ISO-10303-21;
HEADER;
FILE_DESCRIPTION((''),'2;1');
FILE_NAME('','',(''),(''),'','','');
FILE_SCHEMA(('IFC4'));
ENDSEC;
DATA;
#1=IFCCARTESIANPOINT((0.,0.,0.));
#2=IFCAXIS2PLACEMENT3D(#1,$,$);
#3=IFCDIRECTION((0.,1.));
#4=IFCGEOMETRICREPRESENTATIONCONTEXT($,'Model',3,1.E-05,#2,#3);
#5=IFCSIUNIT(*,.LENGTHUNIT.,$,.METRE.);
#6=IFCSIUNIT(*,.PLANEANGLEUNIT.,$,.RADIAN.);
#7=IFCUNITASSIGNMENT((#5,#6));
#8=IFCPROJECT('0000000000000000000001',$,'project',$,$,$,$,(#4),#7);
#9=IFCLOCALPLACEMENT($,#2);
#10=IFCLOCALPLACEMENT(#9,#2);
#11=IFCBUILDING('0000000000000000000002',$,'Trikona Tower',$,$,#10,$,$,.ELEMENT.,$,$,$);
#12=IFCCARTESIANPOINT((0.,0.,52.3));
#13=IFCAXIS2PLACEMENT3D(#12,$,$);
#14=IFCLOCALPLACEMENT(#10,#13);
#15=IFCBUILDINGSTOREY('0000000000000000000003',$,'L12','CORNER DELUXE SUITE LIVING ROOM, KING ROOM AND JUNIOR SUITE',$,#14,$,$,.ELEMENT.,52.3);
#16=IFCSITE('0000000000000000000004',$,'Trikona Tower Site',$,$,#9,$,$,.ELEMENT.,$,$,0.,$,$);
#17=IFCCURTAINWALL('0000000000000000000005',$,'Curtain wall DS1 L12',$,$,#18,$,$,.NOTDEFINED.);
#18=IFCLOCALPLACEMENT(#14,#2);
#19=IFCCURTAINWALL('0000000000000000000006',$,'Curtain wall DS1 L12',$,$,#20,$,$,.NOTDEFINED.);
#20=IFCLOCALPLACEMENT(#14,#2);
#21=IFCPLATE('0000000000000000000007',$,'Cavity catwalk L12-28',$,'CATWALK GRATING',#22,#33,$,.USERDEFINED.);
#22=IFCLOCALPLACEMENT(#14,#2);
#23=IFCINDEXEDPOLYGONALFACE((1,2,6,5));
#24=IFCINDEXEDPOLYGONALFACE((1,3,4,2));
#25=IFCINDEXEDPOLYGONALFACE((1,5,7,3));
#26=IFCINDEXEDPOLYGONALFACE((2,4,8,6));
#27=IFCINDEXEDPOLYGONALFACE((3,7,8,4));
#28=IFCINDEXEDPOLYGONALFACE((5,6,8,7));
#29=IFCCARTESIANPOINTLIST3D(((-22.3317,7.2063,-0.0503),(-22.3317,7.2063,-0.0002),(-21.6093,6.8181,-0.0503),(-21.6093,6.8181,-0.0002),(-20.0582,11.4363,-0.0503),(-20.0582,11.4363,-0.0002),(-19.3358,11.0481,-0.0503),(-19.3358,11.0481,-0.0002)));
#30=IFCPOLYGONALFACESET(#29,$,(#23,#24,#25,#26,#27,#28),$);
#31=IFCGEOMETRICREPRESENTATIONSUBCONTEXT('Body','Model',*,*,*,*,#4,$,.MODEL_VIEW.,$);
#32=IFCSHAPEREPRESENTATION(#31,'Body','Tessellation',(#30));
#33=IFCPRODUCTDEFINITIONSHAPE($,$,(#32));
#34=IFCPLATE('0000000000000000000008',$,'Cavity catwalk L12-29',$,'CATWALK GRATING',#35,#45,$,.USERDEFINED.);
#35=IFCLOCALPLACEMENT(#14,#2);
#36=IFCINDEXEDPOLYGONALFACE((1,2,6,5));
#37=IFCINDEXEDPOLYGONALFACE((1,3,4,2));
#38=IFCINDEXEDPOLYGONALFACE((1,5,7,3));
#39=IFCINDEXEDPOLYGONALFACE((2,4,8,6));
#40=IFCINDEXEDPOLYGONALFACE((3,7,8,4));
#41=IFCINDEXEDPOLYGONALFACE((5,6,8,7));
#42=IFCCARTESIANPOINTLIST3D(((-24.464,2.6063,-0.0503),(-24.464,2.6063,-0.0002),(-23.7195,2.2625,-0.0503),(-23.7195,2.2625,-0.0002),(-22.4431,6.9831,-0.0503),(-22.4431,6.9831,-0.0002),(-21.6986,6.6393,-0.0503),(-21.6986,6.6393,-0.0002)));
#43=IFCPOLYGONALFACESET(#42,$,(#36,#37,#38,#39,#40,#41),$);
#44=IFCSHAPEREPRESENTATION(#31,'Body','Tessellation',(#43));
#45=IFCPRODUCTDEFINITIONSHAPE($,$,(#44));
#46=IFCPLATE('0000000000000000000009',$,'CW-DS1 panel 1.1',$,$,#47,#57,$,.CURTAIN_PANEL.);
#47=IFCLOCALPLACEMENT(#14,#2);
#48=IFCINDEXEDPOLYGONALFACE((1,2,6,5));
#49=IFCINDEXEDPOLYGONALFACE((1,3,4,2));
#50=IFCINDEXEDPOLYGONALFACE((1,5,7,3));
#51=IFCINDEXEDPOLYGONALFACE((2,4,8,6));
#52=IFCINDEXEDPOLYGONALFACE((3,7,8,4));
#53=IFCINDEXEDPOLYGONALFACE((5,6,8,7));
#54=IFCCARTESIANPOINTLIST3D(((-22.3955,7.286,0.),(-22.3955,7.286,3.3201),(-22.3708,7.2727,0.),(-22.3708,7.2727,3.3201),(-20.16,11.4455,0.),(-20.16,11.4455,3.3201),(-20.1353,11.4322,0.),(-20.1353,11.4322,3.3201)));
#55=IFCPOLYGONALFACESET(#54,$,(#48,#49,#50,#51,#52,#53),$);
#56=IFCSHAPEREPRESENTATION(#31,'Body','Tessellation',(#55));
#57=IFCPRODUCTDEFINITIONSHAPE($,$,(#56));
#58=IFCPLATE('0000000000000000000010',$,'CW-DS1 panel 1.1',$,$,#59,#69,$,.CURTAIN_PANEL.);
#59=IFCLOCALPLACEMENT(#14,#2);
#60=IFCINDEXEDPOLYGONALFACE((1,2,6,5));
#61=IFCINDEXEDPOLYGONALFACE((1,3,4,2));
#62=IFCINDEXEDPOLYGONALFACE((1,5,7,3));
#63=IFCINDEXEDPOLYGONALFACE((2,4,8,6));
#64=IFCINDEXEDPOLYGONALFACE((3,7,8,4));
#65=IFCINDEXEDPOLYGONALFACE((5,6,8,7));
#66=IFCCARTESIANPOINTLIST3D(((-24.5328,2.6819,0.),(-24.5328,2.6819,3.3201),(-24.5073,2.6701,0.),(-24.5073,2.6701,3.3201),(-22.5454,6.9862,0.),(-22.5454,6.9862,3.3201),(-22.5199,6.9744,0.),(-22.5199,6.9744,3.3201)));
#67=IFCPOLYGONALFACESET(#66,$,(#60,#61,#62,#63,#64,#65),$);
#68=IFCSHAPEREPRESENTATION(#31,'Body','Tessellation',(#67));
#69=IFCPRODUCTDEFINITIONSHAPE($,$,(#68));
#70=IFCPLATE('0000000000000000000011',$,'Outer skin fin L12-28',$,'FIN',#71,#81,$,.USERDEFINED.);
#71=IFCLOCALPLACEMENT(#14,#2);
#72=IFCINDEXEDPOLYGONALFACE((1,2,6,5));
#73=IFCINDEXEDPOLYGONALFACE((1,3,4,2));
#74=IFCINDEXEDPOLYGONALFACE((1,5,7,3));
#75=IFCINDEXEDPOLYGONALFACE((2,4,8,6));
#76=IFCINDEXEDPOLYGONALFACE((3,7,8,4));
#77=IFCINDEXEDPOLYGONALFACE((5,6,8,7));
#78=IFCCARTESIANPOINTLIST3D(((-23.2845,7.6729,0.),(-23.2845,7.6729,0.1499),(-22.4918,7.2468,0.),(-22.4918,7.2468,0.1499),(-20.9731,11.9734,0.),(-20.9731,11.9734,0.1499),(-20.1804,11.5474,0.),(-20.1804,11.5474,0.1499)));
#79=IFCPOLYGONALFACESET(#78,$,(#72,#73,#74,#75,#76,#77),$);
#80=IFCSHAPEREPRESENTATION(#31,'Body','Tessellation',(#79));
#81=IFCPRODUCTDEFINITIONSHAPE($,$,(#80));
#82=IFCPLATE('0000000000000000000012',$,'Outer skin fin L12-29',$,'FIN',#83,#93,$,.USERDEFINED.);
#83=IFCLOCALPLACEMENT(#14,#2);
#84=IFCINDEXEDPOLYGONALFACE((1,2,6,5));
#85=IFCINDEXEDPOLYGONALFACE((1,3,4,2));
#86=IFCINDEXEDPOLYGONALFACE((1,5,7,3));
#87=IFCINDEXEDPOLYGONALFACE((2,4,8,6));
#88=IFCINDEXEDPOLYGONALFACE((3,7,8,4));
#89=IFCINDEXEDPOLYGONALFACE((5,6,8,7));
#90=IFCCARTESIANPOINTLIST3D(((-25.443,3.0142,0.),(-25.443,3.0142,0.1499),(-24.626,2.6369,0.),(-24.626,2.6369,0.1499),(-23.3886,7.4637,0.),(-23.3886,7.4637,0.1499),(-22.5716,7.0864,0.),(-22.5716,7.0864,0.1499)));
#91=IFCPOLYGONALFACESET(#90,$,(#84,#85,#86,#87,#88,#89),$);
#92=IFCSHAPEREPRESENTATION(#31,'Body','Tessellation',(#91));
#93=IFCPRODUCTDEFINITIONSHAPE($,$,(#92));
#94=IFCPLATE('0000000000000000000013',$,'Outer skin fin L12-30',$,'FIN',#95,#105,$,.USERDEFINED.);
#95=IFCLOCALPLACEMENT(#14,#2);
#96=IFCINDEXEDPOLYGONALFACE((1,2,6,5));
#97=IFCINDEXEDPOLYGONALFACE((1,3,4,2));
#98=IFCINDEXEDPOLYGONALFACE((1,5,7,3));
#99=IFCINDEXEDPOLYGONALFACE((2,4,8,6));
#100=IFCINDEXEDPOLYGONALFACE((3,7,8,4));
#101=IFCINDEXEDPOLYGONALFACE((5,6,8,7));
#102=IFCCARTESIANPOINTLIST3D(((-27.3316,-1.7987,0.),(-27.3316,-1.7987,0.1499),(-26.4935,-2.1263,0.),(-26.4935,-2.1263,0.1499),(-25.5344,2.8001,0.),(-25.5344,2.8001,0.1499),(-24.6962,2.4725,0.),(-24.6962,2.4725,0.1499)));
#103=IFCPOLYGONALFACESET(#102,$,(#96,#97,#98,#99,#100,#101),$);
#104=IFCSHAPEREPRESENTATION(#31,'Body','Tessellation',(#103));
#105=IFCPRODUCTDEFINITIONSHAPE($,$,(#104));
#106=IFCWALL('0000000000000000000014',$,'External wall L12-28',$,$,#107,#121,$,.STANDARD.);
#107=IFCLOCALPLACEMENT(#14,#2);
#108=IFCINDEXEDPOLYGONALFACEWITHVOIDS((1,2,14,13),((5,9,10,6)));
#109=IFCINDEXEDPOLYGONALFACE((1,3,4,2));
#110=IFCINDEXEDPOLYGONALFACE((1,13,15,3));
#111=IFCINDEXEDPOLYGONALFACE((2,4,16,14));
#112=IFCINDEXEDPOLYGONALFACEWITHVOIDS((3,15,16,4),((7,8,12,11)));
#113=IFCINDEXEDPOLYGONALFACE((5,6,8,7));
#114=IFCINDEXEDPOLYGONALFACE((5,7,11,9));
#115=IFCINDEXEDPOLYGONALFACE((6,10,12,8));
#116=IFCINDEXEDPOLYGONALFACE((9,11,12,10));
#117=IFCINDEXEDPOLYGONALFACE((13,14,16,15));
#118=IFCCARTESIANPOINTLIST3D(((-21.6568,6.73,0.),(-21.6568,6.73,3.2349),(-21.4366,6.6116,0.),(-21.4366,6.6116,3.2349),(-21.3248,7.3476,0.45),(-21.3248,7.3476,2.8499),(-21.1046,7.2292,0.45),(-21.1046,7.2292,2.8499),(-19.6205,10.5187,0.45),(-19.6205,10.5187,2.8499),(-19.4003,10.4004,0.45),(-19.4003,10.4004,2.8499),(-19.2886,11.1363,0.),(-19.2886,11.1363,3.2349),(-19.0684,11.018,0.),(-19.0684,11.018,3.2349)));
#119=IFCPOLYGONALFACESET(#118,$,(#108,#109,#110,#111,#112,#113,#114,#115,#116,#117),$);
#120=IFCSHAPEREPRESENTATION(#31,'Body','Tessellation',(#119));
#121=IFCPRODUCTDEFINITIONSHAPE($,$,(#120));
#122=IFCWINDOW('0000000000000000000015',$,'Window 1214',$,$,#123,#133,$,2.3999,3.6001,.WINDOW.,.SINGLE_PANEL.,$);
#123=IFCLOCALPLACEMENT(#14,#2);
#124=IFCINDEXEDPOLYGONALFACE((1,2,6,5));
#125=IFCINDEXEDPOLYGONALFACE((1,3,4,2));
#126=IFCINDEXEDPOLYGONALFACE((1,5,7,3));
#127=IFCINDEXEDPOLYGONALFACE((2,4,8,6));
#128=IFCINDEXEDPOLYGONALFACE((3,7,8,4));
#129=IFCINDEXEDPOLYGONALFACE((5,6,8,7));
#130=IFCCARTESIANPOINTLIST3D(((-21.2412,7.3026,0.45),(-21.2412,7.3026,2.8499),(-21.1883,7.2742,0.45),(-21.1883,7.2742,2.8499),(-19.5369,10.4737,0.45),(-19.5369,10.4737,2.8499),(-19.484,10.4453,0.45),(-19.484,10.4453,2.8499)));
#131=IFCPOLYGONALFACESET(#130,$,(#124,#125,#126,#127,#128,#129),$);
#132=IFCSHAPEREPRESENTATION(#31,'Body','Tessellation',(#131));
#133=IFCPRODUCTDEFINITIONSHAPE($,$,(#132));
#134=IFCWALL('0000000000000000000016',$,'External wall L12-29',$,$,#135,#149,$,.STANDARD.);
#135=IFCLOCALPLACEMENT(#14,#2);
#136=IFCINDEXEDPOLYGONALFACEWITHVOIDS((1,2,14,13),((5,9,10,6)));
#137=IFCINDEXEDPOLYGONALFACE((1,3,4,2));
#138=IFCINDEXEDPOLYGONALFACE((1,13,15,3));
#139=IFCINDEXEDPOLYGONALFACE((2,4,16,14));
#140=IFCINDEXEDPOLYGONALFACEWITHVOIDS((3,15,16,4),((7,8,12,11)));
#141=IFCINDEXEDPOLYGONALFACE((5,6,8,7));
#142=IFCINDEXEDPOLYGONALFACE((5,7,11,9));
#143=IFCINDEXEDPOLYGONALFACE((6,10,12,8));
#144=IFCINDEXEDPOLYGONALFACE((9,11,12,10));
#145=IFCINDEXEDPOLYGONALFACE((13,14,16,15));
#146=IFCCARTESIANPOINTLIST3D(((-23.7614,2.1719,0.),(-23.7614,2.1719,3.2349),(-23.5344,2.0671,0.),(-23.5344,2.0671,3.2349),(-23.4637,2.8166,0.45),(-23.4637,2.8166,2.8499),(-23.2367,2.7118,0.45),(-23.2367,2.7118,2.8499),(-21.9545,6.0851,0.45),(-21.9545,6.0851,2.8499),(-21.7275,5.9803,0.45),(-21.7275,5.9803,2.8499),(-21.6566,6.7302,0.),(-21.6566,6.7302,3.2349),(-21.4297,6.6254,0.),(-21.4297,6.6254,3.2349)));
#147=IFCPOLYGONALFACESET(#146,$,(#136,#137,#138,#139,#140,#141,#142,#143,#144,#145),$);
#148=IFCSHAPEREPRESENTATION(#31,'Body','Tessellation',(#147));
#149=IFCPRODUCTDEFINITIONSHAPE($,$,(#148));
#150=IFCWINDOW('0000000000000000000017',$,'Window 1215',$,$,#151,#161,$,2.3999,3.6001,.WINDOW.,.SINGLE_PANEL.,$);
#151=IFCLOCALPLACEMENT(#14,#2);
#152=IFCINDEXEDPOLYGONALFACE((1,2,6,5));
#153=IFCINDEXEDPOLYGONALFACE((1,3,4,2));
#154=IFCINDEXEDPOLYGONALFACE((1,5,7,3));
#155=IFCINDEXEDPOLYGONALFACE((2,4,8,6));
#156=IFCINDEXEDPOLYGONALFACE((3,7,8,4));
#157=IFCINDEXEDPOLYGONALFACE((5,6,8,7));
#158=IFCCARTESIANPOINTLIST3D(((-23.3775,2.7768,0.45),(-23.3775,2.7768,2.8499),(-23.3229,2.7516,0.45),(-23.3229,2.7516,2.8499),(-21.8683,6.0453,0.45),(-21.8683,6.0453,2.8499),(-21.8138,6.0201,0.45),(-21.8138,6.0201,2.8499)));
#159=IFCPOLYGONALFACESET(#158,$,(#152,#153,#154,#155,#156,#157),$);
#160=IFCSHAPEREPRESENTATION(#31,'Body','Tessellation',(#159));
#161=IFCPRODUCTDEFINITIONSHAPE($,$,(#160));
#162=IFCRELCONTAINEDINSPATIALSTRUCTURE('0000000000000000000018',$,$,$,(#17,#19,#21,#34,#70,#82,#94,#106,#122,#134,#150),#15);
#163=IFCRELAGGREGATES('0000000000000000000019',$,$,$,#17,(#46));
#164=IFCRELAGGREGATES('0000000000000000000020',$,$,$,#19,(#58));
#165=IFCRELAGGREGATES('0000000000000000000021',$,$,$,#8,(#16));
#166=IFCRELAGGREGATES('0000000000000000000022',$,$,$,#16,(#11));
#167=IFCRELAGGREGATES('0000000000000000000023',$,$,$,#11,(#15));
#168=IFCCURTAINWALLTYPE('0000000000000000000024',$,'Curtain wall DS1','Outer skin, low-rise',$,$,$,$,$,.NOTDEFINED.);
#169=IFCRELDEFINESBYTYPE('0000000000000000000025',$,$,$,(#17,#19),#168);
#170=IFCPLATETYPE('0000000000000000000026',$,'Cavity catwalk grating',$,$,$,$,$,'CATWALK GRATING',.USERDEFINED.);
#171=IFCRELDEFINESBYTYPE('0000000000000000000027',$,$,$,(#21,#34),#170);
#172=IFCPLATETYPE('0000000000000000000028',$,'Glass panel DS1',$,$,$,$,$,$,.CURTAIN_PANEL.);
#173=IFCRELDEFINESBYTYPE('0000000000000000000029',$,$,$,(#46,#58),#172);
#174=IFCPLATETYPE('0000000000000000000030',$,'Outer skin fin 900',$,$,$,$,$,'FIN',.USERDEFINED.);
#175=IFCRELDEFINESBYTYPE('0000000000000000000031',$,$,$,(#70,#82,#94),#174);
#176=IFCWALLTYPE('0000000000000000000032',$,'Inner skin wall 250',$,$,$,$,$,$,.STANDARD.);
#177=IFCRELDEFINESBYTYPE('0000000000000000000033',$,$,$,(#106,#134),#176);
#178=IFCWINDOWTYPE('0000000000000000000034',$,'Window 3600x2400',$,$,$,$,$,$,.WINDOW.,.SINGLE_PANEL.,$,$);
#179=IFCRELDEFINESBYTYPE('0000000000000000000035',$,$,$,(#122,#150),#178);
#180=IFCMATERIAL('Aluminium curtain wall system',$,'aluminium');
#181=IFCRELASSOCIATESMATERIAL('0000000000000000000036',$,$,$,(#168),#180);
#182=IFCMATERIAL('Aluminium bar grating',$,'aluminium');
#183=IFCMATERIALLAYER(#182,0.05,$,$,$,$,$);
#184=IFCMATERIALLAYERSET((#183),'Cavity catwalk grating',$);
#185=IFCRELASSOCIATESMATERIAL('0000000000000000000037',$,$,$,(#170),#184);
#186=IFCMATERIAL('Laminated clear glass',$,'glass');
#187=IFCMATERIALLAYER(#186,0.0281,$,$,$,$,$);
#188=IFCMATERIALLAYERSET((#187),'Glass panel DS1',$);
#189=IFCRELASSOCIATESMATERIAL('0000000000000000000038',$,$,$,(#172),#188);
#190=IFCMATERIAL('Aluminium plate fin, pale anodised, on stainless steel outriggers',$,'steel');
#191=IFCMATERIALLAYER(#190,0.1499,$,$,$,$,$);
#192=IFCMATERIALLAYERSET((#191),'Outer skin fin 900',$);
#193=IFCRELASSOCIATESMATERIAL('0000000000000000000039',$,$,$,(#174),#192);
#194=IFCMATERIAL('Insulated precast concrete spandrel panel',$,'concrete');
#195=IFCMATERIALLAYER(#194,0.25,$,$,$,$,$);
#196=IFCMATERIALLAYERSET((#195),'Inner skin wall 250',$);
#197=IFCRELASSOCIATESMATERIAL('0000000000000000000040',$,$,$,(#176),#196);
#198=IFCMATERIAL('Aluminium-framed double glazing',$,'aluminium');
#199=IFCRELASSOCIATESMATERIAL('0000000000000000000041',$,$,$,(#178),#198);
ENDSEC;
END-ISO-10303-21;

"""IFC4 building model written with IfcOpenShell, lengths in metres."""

from ifc_helpers import new_model, si_unit, direction, frame, frame_2d, origin, origin_2d, place, context, subcontext, project, spatial, rectangle, extrude, material, layer, layer_set, type_object, element, fill, aggregate, save


model = new_model("IFC4")

# Units and contexts
model_context = context("Model", 3, precision=1e-05, world=origin(), true_north=direction((0.0, 1.0)))
body_context = subcontext(model_context, "Body", "Model", "MODEL_VIEW")
ifc_project = project(units=[si_unit("LENGTHUNIT", "METRE"), si_unit("PLANEANGLEUNIT", "RADIAN")], contexts=[model_context])

# Site, building, storey
site_placement = place(None, origin())
site = spatial("IfcSite", under=ifc_project, at=site_placement, Name="Trikona Tower Site", CompositionType="ELEMENT", RefElevation=0.0)
building_placement = place(site_placement, origin())
building = spatial("IfcBuilding", under=site, at=building_placement, Name="Trikona Tower", CompositionType="ELEMENT")
storey_placement = place(building_placement, frame((0.0, 0.0, 52.3)))
storey = spatial("IfcBuildingStorey", under=building, at=storey_placement, Name="L12", Description="CORNER DELUXE SUITE LIVING ROOM, KING ROOM AND JUNIOR SUITE", CompositionType="ELEMENT", Elevation=52.3)

# Shared definitions
ifc_material_1 = material(Name="Aluminium curtain wall system", Category="aluminium")
curtain_wall_type = type_object("IfcCurtainWallType", Name="Curtain wall DS1", Description="Outer skin, low-rise", PredefinedType="NOTDEFINED", material=ifc_material_1)

# Curtain walls
curtain_wall_1_placement = place(storey_placement, origin())
curtain_wall_1 = element("IfcCurtainWall", 1, at=curtain_wall_1_placement, inside=storey, type_object=curtain_wall_type, Name="Curtain wall DS1 L12", PredefinedType="NOTDEFINED")
curtain_wall_2_placement = place(storey_placement, origin())
curtain_wall_2 = element("IfcCurtainWall", 2, at=curtain_wall_2_placement, inside=storey, type_object=curtain_wall_type, Name="Curtain wall DS1 L12", PredefinedType="NOTDEFINED")

# Plates
ifc_material_2 = material(Name="Aluminium bar grating", Category="aluminium")
ifc_layer_1 = layer(ifc_material_2, 0.05)
ifc_layer_set_1 = layer_set([ifc_layer_1], Name="Cavity catwalk grating")
plate_type_1 = type_object("IfcPlateType", Name="Cavity catwalk grating", ElementType="CATWALK GRATING", PredefinedType="USERDEFINED", material=ifc_layer_set_1)
for number, where, z_axis, x_axis, name in (
    (3, (-20.8337, 9.1272, -0.0503), (0.0, 0.0, 1.0), (-0.473423, -0.880835, 0.0), "Cavity catwalk L12-28"),
):
    element("IfcPlate", number, at=place(storey_placement, frame(where, z_axis=z_axis, x_axis=x_axis)), inside=storey, type_object=plate_type_1, Name=name, ObjectType="CATWALK GRATING", PredefinedType="USERDEFINED", context=body_context, shape_type="SweptSolid", body=[
        extrude(rectangle(XDim=4.8022, YDim=0.8201, at=origin_2d()), origin(), (0.0, 0.0, 1.0), 0.05),
    ])
plate_1_placement = place(storey_placement, frame((-23.0813, 4.6228, -0.0503), z_axis=(0.0, 0.0, 1.0), x_axis=(-0.419194, -0.907897, 0.0)))
element("IfcPlate", 4, at=plate_1_placement, inside=storey, type_object=plate_type_1, Name="Cavity catwalk L12-29", ObjectType="CATWALK GRATING", PredefinedType="USERDEFINED", context=body_context, shape_type="SweptSolid", body=[
    extrude(rectangle(XDim=4.8208, YDim=0.8201, at=origin_2d()), origin(), (0.0, 0.0, 1.0), 0.05),
])

# Plates
ifc_material_3 = material(Name="Laminated clear glass", Category="glass")
ifc_layer_2 = layer(ifc_material_3, 0.0281)
ifc_layer_set_2 = layer_set([ifc_layer_2], Name="Glass panel DS1")
plate_type_2 = type_object("IfcPlateType", Name="Glass panel DS1", PredefinedType="CURTAIN_PANEL", material=ifc_layer_set_2)
plate_2_placement = place(storey_placement, frame((-21.2654, 9.3591, 0.0), z_axis=(0.0, 0.0, 1.0), x_axis=(-0.473408, -0.880843, 0.0)))
plate_2 = element("IfcPlate", 5, at=plate_2_placement, type_object=plate_type_2, Name="CW-DS1 panel 1.1", PredefinedType="CURTAIN_PANEL", context=body_context, shape_type="SweptSolid", body=[
    extrude(rectangle(XDim=4.7222, YDim=0.0281, at=origin_2d()), origin(), (0.0, 0.0, 1.0), 3.3201),
])
aggregate(curtain_wall_1, [plate_2])
plate_3_placement = place(storey_placement, frame((-23.5264, 4.8281, 0.0), z_axis=(0.0, 0.0, 1.0), x_axis=(-0.41919, -0.907898, 0.0)))
plate_3 = element("IfcPlate", 6, at=plate_3_placement, type_object=plate_type_2, Name="CW-DS1 panel 1.1", PredefinedType="CURTAIN_PANEL", context=body_context, shape_type="SweptSolid", body=[
    extrude(rectangle(XDim=4.741, YDim=0.0281, at=origin_2d()), origin(), (0.0, 0.0, 1.0), 3.3201),
])
aggregate(curtain_wall_2, [plate_3])

# Plates
ifc_material_4 = material(Name="Aluminium plate fin, pale anodised, on stainless steel outriggers", Category="steel")
ifc_layer_3 = layer(ifc_material_4, 0.1499)
ifc_layer_set_3 = layer_set([ifc_layer_3], Name="Outer skin fin 900")
plate_type_3 = type_object("IfcPlateType", Name="Outer skin fin 900", ElementType="FIN", PredefinedType="USERDEFINED", material=ifc_layer_set_3)
plate_4_placement = place(storey_placement, frame((-21.7324, 9.6101, 0.0), z_axis=(0.0, 0.0, 1.0), x_axis=(-0.473423, -0.880835, 0.0)))
element("IfcPlate", 7, at=plate_4_placement, inside=storey, type_object=plate_type_3, Name="Outer skin fin L12-28", ObjectType="FIN", PredefinedType="USERDEFINED", context=body_context, shape_type="SweptSolid", body=[
    extrude(rectangle(XDim=4.8823, YDim=0.8999, at=origin_2d()), origin(), (0.0, 0.0, 1.0), 0.1499),
])
plate_5_placement = place(storey_placement, frame((-24.0073, 5.0503, 0.0), z_axis=(0.0, 0.0, 1.0), x_axis=(-0.419194, -0.907897, 0.0)))
element("IfcPlate", 8, at=plate_5_placement, inside=storey, type_object=plate_type_3, Name="Outer skin fin L12-29", ObjectType="FIN", PredefinedType="USERDEFINED", context=body_context, shape_type="SweptSolid", body=[
    extrude(rectangle(XDim=4.9009, YDim=0.8999, at=origin_2d()), origin(), (0.0, 0.0, 1.0), 0.1499),
])
plate_6_placement = place(storey_placement, frame((-26.0139, 0.3369, 0.0), z_axis=(0.0, 0.0, 1.0), x_axis=(-0.364009, -0.931395, 0.0)))
element("IfcPlate", 9, at=plate_6_placement, inside=storey, type_object=plate_type_3, Name="Outer skin fin L12-30", ObjectType="FIN", PredefinedType="USERDEFINED", context=body_context, shape_type="SweptSolid", body=[
    extrude(rectangle(XDim=4.9375, YDim=0.8999, at=origin_2d()), origin(), (0.0, 0.0, 1.0), 0.1499),
])

# Walls, openings, windows
ifc_material_5 = material(Name="Insulated precast concrete spandrel panel", Category="concrete")
ifc_layer_4 = layer(ifc_material_5, 0.25)
ifc_layer_set_4 = layer_set([ifc_layer_4], Name="Inner skin wall 250")
wall_type = type_object("IfcWallType", Name="Inner skin wall 250", PredefinedType="STANDARD", material=ifc_layer_set_4)
wall_1_placement = place(storey_placement, frame((-19.1785, 11.0771, 0.0), z_axis=(0.0, 0.0, 1.0), x_axis=(-0.473413, -0.880841, 0.0)))
wall_1 = element("IfcWall", 10, at=wall_1_placement, inside=storey, type_object=wall_type, Name="External wall L12-28", PredefinedType="STANDARD", context=body_context, shape_type="SweptSolid", body=[
    extrude(rectangle(XDim=5.0024, YDim=0.25, at=frame_2d((2.5012, 0.0))), origin(), (0.0, 0.0, 1.0), 3.2349),
])
opening_1_placement = place(wall_1_placement, frame((0.7012, 0.0, 0.45)))
opening_1 = element("IfcOpeningElement", 11, at=opening_1_placement, cuts=wall_1, PredefinedType="OPENING", context=body_context, shape_type="SweptSolid", body=[
    extrude(rectangle(XDim=3.6001, YDim=2.3999, at=frame_2d((1.8, 1.2))), frame((0.0, 0.135, 0.0), z_axis=(0.0, -1.0, 0.0), x_axis=(1.0, 0.0, 0.0)), (0.0, 0.0, 1.0), 0.27),
])
ifc_material_6 = material(Name="Aluminium-framed double glazing", Category="aluminium")
window_type = type_object("IfcWindowType", Name="Window 3600x2400", PartitioningType="SINGLE_PANEL", PredefinedType="WINDOW", material=ifc_material_6)
window_1_placement = place(opening_1_placement, origin())
window_1 = element("IfcWindow", 12, at=window_1_placement, inside=storey, type_object=window_type, Name="Window 1214", OverallHeight=2.3999, OverallWidth=3.6001, PartitioningType="SINGLE_PANEL", PredefinedType="WINDOW", context=body_context, shape_type="SweptSolid", body=[
    extrude(rectangle(XDim=3.6001, YDim=2.3999, at=frame_2d((1.8, 1.2))), frame((0.0, 0.03, 0.0), z_axis=(0.0, -1.0, 0.0), x_axis=(1.0, 0.0, 0.0)), (0.0, 0.0, 1.0), 0.0601),
])
fill(opening_1, window_1)
wall_2_placement = place(storey_placement, frame((-21.5432, 6.6777, 0.0), z_axis=(0.0, 0.0, 1.0), x_axis=(-0.419203, -0.907892, 0.0)))
wall_2 = element("IfcWall", 13, at=wall_2_placement, inside=storey, type_object=wall_type, Name="External wall L12-29", PredefinedType="STANDARD", context=body_context, shape_type="SweptSolid", body=[
    extrude(rectangle(XDim=5.0208, YDim=0.25, at=frame_2d((2.5103, 0.0))), origin(), (0.0, 0.0, 1.0), 3.2349),
])
opening_2_placement = place(wall_2_placement, frame((0.7104, 0.0, 0.45)))
opening_2 = element("IfcOpeningElement", 14, at=opening_2_placement, cuts=wall_2, PredefinedType="OPENING", context=body_context, shape_type="SweptSolid", body=[
    extrude(rectangle(XDim=3.6001, YDim=2.3999, at=frame_2d((1.8, 1.2))), frame((0.0, 0.135, 0.0), z_axis=(0.0, -1.0, 0.0), x_axis=(1.0, 0.0, 0.0)), (0.0, 0.0, 1.0), 0.27),
])
window_2_placement = place(opening_2_placement, origin())
window_2 = element("IfcWindow", 15, at=window_2_placement, inside=storey, type_object=window_type, Name="Window 1215", OverallHeight=2.3999, OverallWidth=3.6001, PartitioningType="SINGLE_PANEL", PredefinedType="WINDOW", context=body_context, shape_type="SweptSolid", body=[
    extrude(rectangle(XDim=3.6001, YDim=2.3999, at=frame_2d((1.8, 1.2))), frame((0.0, 0.03, 0.0), z_axis=(0.0, -1.0, 0.0), x_axis=(1.0, 0.0, 0.0)), (0.0, 0.0, 1.0), 0.0601),
])
fill(opening_2, window_2)

save(model, "model.ifc")
